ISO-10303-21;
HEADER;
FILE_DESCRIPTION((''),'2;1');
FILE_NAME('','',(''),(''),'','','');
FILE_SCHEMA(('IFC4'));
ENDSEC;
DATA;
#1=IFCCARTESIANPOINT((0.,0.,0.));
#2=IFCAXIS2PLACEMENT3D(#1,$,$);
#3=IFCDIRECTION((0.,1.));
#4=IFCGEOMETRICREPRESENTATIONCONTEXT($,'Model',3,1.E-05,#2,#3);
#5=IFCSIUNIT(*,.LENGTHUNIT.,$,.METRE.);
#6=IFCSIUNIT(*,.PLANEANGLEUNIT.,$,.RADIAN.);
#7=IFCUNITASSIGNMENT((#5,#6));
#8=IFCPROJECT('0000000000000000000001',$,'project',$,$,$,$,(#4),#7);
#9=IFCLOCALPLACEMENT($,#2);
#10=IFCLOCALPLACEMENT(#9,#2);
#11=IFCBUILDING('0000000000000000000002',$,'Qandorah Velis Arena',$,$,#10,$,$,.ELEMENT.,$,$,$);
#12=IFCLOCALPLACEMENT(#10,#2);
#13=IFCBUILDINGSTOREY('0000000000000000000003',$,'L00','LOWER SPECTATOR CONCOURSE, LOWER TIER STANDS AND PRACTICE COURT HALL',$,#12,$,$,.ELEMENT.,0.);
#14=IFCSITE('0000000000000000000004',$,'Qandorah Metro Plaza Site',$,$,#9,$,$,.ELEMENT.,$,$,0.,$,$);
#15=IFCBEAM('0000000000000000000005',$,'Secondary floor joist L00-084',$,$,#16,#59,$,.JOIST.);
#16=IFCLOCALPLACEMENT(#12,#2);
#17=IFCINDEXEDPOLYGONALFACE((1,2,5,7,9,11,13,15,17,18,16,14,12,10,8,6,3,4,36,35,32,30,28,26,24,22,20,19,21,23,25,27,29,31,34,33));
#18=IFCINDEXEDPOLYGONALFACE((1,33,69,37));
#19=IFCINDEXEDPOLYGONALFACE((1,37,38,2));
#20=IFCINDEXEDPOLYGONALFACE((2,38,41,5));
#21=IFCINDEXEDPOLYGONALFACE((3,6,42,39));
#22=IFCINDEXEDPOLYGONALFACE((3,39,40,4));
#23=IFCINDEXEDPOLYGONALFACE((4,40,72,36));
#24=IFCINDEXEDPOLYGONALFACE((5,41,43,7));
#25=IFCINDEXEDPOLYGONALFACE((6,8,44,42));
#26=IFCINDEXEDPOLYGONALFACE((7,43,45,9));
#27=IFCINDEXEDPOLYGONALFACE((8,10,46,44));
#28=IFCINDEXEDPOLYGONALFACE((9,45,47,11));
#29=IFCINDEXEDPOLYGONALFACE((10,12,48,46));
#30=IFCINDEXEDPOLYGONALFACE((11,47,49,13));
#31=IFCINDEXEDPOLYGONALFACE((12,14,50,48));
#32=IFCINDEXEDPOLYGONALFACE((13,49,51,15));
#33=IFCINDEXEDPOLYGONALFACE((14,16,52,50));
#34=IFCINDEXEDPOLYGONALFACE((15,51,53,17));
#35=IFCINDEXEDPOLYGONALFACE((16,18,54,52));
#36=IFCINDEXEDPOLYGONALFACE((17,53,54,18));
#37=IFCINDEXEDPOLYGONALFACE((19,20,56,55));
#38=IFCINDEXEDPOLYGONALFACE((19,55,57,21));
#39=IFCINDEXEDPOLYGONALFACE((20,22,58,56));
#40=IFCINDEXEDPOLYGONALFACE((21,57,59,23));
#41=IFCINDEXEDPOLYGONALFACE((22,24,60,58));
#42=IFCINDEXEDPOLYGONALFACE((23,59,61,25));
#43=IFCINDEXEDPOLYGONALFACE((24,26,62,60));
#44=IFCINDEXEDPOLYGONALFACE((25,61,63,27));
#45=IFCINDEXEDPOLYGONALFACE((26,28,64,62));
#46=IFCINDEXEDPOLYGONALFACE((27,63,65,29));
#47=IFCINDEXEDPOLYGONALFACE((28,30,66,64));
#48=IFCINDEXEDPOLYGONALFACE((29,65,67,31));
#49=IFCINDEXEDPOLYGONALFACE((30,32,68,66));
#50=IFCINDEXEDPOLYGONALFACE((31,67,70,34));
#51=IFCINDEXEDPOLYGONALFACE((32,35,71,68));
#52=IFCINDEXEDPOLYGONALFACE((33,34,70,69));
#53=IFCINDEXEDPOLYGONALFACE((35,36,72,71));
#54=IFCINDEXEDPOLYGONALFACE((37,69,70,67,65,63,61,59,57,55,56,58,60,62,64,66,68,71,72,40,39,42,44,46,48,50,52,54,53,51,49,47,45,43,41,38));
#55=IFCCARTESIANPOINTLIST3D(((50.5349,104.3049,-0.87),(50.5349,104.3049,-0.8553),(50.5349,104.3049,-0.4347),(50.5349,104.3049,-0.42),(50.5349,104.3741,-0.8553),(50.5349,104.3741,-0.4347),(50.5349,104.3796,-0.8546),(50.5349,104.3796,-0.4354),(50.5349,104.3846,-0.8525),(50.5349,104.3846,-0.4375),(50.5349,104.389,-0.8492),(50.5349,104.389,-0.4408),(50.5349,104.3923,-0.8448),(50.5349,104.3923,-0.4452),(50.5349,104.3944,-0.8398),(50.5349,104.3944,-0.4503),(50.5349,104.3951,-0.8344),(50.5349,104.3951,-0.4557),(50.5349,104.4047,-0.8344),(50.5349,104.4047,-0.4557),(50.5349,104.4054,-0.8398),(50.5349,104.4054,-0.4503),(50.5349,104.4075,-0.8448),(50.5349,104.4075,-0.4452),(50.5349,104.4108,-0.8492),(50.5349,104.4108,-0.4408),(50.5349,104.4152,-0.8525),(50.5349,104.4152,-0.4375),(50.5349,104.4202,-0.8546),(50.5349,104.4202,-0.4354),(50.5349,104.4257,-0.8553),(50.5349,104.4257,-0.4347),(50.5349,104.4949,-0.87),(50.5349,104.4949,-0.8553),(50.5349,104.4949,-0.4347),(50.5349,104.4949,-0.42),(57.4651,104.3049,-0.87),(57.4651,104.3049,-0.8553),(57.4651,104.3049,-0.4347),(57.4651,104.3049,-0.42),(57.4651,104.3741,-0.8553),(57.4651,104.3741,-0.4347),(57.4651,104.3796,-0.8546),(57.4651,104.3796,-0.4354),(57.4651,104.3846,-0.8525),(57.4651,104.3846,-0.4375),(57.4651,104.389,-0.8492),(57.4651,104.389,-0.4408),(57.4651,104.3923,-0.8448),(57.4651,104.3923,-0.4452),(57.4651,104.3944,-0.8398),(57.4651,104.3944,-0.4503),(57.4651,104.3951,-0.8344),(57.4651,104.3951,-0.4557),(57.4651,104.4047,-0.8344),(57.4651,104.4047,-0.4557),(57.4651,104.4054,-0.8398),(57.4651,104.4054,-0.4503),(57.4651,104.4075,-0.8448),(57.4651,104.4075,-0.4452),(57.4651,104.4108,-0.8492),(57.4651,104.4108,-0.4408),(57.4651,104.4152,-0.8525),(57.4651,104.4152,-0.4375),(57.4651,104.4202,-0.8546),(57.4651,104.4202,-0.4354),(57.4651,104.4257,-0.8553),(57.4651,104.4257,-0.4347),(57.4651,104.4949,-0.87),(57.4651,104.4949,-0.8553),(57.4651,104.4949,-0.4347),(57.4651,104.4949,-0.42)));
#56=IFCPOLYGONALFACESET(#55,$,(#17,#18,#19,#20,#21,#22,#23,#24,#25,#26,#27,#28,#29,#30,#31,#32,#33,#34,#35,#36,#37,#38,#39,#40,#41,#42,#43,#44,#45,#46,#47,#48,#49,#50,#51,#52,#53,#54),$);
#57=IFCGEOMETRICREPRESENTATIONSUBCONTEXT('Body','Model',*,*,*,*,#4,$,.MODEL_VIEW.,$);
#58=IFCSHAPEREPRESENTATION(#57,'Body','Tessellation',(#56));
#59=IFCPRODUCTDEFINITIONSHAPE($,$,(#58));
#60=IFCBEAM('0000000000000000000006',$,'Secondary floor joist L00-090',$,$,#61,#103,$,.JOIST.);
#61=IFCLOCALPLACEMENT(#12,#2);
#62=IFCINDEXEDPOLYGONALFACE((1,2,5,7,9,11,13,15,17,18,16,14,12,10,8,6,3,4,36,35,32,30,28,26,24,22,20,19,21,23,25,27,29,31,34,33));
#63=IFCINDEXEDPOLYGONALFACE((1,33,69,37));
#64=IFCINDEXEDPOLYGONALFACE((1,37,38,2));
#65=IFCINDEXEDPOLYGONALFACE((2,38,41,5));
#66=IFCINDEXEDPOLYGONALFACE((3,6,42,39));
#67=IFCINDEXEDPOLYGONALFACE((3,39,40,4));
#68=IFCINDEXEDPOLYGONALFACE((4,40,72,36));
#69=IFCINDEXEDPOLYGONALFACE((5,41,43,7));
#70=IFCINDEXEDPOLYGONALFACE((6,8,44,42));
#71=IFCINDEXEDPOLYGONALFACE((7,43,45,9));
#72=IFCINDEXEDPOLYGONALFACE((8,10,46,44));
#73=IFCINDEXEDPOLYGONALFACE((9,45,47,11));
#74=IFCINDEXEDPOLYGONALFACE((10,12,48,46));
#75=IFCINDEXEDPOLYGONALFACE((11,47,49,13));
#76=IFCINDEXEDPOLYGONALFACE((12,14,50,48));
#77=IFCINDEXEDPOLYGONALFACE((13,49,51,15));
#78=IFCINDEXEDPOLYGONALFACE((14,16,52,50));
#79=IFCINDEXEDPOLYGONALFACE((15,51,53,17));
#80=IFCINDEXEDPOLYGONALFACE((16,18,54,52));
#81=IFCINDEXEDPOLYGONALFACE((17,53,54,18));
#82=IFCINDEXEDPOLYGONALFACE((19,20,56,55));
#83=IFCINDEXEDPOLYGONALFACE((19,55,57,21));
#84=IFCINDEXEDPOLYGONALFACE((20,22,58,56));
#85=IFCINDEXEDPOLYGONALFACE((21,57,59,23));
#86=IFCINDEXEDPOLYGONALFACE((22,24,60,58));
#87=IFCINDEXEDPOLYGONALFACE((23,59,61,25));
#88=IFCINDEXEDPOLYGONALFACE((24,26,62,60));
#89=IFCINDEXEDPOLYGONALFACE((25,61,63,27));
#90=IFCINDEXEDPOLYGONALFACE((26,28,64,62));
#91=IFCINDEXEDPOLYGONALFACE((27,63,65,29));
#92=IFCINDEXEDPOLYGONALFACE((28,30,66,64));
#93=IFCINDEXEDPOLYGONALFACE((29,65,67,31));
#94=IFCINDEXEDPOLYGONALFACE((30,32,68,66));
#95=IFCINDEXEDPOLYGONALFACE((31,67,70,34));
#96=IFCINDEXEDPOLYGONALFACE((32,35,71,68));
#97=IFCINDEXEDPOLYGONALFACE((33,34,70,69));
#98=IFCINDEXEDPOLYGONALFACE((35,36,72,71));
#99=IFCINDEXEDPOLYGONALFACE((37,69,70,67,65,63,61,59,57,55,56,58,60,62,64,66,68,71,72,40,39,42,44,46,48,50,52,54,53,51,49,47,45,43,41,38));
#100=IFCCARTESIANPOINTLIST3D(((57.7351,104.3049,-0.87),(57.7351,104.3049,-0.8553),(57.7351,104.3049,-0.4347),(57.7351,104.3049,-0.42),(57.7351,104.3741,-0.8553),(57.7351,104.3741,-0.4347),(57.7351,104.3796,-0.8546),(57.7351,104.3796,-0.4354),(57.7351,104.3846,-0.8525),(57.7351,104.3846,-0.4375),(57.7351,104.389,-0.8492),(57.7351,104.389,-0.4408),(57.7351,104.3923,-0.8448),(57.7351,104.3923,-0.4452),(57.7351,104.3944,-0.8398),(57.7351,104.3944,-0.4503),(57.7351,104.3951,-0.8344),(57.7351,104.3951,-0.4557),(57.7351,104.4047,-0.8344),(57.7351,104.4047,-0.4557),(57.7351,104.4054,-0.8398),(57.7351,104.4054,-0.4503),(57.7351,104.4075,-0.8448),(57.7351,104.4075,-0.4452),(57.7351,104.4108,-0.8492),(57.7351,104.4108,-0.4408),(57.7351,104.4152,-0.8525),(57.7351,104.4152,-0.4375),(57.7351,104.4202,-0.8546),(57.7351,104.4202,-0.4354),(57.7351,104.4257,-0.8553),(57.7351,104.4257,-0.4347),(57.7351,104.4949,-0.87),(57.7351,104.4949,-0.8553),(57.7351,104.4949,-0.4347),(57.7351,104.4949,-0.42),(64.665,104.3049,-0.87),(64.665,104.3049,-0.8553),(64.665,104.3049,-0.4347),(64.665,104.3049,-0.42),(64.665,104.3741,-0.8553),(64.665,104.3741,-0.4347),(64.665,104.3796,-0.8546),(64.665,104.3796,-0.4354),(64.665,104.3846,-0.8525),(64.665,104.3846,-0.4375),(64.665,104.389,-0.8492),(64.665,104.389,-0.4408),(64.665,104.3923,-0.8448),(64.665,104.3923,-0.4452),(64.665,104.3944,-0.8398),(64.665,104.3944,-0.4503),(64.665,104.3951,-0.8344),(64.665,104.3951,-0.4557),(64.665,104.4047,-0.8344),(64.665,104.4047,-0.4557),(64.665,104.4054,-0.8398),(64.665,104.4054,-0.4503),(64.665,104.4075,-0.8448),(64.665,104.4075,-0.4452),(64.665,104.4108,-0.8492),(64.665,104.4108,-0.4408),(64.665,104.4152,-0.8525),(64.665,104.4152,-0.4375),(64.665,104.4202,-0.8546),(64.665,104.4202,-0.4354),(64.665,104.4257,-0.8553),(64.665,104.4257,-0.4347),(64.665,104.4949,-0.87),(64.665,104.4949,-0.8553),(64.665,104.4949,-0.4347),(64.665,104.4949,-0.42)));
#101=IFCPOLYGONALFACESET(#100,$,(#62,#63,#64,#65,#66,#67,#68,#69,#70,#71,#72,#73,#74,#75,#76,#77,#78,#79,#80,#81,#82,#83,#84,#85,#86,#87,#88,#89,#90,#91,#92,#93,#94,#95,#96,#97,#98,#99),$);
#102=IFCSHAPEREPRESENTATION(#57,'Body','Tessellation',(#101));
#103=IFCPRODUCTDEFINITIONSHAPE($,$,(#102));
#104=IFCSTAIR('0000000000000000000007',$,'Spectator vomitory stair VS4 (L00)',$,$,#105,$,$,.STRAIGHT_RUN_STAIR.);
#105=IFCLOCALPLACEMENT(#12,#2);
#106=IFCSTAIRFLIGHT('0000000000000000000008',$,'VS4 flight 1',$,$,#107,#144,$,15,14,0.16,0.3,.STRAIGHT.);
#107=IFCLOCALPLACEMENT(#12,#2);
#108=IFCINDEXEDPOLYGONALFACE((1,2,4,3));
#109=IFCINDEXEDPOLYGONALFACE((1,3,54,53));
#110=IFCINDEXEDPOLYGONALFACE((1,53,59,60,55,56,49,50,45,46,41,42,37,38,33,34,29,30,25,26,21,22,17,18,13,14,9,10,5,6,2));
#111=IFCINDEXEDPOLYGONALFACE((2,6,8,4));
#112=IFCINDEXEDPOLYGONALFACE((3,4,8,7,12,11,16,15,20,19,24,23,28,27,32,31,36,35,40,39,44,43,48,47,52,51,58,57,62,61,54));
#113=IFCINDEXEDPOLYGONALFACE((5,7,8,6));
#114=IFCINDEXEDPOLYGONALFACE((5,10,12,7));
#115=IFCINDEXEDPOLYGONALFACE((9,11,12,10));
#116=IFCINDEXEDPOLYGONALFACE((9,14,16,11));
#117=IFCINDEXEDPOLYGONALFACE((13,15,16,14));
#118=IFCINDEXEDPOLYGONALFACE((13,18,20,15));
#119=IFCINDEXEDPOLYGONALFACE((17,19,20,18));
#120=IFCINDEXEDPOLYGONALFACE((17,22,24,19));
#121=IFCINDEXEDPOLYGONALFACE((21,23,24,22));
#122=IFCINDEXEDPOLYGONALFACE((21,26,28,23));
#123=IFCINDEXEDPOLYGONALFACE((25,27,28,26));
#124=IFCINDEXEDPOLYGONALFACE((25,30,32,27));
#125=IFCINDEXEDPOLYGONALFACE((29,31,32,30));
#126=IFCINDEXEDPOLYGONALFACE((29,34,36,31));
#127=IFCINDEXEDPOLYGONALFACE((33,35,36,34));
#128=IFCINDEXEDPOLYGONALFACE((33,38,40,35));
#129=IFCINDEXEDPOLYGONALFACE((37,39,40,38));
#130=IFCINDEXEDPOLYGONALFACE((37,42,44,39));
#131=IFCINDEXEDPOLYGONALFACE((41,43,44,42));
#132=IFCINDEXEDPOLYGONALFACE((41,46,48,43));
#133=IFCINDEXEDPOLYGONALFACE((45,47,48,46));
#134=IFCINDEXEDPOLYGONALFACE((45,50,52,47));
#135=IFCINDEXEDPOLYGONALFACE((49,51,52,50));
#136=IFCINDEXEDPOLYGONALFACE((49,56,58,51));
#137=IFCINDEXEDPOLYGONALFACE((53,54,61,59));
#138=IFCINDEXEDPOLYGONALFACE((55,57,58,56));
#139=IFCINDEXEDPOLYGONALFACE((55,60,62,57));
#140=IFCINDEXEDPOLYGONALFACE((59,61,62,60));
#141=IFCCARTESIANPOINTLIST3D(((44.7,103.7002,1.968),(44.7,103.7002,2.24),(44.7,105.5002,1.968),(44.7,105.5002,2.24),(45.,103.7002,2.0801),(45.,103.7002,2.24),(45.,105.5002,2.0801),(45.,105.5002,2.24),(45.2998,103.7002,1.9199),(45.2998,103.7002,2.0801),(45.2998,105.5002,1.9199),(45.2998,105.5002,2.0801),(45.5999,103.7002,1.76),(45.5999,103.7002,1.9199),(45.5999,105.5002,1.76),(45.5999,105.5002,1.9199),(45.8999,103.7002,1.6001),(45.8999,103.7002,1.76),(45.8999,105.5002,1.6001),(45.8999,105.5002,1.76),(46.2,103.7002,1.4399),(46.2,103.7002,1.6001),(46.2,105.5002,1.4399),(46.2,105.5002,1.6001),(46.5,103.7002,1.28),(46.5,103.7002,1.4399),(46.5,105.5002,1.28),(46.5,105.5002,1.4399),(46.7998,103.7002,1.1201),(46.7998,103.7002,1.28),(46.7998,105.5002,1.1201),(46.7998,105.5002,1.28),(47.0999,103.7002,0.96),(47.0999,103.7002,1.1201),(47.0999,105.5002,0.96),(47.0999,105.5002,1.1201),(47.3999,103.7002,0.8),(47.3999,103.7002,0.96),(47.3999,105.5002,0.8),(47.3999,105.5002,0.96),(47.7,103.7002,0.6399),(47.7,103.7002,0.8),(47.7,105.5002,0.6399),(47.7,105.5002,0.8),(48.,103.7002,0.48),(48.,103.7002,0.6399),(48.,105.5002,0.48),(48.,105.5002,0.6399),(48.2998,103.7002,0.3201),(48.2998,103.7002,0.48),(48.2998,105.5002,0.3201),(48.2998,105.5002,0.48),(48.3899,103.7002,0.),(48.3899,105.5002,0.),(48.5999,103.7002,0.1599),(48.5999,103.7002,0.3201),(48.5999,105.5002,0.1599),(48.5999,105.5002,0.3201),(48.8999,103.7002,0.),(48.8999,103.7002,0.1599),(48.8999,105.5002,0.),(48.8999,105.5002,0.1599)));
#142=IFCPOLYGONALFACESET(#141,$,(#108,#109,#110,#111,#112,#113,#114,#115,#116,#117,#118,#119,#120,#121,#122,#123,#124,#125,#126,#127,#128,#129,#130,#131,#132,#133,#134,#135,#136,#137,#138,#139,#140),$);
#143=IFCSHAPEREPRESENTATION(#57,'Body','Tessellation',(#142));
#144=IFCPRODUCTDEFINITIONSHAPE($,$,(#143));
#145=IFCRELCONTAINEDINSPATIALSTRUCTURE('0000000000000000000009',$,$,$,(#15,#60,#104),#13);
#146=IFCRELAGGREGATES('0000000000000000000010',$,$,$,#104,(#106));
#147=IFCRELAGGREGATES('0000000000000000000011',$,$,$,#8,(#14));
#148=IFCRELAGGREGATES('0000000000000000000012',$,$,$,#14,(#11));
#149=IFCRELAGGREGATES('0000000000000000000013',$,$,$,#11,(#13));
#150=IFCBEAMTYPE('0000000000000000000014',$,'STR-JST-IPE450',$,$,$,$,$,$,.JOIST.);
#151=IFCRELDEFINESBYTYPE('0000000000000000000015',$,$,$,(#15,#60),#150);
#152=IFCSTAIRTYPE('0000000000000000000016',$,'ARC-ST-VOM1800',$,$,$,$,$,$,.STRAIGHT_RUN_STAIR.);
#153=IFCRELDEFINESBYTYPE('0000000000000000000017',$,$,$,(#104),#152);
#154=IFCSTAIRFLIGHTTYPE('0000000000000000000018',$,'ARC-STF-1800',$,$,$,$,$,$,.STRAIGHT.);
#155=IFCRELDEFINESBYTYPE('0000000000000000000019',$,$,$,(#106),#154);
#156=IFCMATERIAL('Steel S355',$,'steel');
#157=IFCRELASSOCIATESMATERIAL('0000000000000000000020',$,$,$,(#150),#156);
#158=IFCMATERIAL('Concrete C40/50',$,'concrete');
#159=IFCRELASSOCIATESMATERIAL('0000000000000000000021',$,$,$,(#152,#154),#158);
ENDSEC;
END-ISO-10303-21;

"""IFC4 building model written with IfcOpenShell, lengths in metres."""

from ifc_helpers import new_model, si_unit, direction, frame, origin, origin_2d, place, context, subcontext, project, spatial, polyline, i_section, outline, extrude, material, material_profile, profile_set, type_object, element, aggregate, save


model = new_model("IFC4")

# Units and contexts
model_context = context("Model", 3, precision=1e-05, world=origin(), true_north=direction((0.0, 1.0)))
body_context = subcontext(model_context, "Body", "Model", "MODEL_VIEW")
ifc_project = project(units=[si_unit("LENGTHUNIT", "METRE"), si_unit("PLANEANGLEUNIT", "RADIAN")], contexts=[model_context])

# Site, building, storey
site_placement = place(None, origin())
site = spatial("IfcSite", under=ifc_project, at=site_placement, Name="Qandorah Metro Plaza Site", CompositionType="ELEMENT", RefElevation=0.0)
building_placement = place(site_placement, origin())
building = spatial("IfcBuilding", under=site, at=building_placement, Name="Qandorah Velis Arena", CompositionType="ELEMENT")
storey_placement = place(building_placement, origin())
storey = spatial("IfcBuildingStorey", under=building, at=storey_placement, Name="L00", Description="LOWER SPECTATOR CONCOURSE, LOWER TIER STANDS AND PRACTICE COURT HALL", CompositionType="ELEMENT", Elevation=0.0)

# Shared definitions
ifc_material_1 = material(Name="Concrete C40/50", Category="concrete")

# Beams
ifc_material_2 = material(Name="Steel S355", Category="steel")
ifc_material_profile_1 = material_profile(ifc_material_2, i_section(OverallWidth=0.1899, OverallDepth=0.45, WebThickness=0.0095, FlangeThickness=0.0146, FilletRadius=0.021, at=origin_2d()), Name="IPE 450")
ifc_profile_set_1 = profile_set([ifc_material_profile_1], Name="Steel S355")
beam_type_1 = type_object("IfcBeamType", Name="STR-JST-IPE450", PredefinedType="JOIST", material=ifc_profile_set_1)
beam_1_placement = place(storey_placement, frame((50.5349, 104.3999, -0.645), z_axis=(1.0, 0.0, 0.0), x_axis=(0.0, 1.0, 0.0)))
element("IfcBeam", 1, at=beam_1_placement, inside=storey, type_object=beam_type_1, Name="Secondary floor joist L00-084", PredefinedType="JOIST", context=body_context, shape_type="SweptSolid", body=[
    extrude(i_section(OverallWidth=0.1899, OverallDepth=0.45, WebThickness=0.0095, FlangeThickness=0.0146, FilletRadius=0.021, at=origin_2d()), origin(), (0.0, 0.0, 1.0), 6.9302),
])
beam_2_placement = place(storey_placement, frame((57.7351, 104.3999, -0.645), z_axis=(1.0, 0.0, 0.0), x_axis=(0.0, 1.0, 0.0)))
element("IfcBeam", 2, at=beam_2_placement, inside=storey, type_object=beam_type_1, Name="Secondary floor joist L00-090", PredefinedType="JOIST", context=body_context, shape_type="SweptSolid", body=[
    extrude(i_section(OverallWidth=0.1899, OverallDepth=0.45, WebThickness=0.0095, FlangeThickness=0.0146, FilletRadius=0.021, at=origin_2d()), origin(), (0.0, 0.0, 1.0), 6.9299),
])

# Stair, stair flight
stair_type = type_object("IfcStairType", Name="ARC-ST-VOM1800", PredefinedType="STRAIGHT_RUN_STAIR", material=ifc_material_1)
stair_placement = place(storey_placement, origin())
stair = element("IfcStair", 3, at=stair_placement, inside=storey, type_object=stair_type, Name="Spectator vomitory stair VS4 (L00)", PredefinedType="STRAIGHT_RUN_STAIR")
stair_flight_type = type_object("IfcStairFlightType", Name="ARC-STF-1800", PredefinedType="STRAIGHT", material=ifc_material_1)
stair_flight_placement = place(storey_placement, frame((48.8999, 104.6001, 0.0), z_axis=(0.0, 0.0, 1.0), x_axis=(-1.0, 0.0, 0.0)))
stair_flight = element("IfcStairFlight", 4, at=stair_flight_placement, type_object=stair_flight_type, Name="VS4 flight 1", NumberOfRisers=15, NumberOfTreads=14, PredefinedType="STRAIGHT", RiserHeight=0.16, TreadLength=0.3, context=body_context, shape_type="SweptSolid", body=[
    extrude(outline(polyline([(0.0, 0.0), (0.0, 0.1599), (0.3, 0.1599), (0.3, 0.3201), (0.6001, 0.3201), (0.6001, 0.48), (0.8999, 0.48), (0.8999, 0.6399), (1.2, 0.6399), (1.2, 0.8), (1.5, 0.8), (1.5, 0.96), (1.8, 0.96), (1.8, 1.1201), (2.1001, 1.1201), (2.1001, 1.28), (2.3999, 1.28), (2.3999, 1.4399), (2.7, 1.4399), (2.7, 1.6001), (3.0, 1.6001), (3.0, 1.76), (3.3, 1.76), (3.3, 1.9199), (3.6001, 1.9199), (3.6001, 2.0801), (3.8999, 2.0801), (3.8999, 2.24), (4.2, 2.24), (4.2, 2.3999), (4.2, 1.968), (0.51, 0.0), (0.0, 0.0)])), frame((0.0, 0.8999, 0.0), z_axis=(0.0, -1.0, 0.0), x_axis=(1.0, 0.0, 0.0)), (0.0, 0.0, 1.0), 1.8),
])
aggregate(stair, [stair_flight])

save(model, "model.ifc")
